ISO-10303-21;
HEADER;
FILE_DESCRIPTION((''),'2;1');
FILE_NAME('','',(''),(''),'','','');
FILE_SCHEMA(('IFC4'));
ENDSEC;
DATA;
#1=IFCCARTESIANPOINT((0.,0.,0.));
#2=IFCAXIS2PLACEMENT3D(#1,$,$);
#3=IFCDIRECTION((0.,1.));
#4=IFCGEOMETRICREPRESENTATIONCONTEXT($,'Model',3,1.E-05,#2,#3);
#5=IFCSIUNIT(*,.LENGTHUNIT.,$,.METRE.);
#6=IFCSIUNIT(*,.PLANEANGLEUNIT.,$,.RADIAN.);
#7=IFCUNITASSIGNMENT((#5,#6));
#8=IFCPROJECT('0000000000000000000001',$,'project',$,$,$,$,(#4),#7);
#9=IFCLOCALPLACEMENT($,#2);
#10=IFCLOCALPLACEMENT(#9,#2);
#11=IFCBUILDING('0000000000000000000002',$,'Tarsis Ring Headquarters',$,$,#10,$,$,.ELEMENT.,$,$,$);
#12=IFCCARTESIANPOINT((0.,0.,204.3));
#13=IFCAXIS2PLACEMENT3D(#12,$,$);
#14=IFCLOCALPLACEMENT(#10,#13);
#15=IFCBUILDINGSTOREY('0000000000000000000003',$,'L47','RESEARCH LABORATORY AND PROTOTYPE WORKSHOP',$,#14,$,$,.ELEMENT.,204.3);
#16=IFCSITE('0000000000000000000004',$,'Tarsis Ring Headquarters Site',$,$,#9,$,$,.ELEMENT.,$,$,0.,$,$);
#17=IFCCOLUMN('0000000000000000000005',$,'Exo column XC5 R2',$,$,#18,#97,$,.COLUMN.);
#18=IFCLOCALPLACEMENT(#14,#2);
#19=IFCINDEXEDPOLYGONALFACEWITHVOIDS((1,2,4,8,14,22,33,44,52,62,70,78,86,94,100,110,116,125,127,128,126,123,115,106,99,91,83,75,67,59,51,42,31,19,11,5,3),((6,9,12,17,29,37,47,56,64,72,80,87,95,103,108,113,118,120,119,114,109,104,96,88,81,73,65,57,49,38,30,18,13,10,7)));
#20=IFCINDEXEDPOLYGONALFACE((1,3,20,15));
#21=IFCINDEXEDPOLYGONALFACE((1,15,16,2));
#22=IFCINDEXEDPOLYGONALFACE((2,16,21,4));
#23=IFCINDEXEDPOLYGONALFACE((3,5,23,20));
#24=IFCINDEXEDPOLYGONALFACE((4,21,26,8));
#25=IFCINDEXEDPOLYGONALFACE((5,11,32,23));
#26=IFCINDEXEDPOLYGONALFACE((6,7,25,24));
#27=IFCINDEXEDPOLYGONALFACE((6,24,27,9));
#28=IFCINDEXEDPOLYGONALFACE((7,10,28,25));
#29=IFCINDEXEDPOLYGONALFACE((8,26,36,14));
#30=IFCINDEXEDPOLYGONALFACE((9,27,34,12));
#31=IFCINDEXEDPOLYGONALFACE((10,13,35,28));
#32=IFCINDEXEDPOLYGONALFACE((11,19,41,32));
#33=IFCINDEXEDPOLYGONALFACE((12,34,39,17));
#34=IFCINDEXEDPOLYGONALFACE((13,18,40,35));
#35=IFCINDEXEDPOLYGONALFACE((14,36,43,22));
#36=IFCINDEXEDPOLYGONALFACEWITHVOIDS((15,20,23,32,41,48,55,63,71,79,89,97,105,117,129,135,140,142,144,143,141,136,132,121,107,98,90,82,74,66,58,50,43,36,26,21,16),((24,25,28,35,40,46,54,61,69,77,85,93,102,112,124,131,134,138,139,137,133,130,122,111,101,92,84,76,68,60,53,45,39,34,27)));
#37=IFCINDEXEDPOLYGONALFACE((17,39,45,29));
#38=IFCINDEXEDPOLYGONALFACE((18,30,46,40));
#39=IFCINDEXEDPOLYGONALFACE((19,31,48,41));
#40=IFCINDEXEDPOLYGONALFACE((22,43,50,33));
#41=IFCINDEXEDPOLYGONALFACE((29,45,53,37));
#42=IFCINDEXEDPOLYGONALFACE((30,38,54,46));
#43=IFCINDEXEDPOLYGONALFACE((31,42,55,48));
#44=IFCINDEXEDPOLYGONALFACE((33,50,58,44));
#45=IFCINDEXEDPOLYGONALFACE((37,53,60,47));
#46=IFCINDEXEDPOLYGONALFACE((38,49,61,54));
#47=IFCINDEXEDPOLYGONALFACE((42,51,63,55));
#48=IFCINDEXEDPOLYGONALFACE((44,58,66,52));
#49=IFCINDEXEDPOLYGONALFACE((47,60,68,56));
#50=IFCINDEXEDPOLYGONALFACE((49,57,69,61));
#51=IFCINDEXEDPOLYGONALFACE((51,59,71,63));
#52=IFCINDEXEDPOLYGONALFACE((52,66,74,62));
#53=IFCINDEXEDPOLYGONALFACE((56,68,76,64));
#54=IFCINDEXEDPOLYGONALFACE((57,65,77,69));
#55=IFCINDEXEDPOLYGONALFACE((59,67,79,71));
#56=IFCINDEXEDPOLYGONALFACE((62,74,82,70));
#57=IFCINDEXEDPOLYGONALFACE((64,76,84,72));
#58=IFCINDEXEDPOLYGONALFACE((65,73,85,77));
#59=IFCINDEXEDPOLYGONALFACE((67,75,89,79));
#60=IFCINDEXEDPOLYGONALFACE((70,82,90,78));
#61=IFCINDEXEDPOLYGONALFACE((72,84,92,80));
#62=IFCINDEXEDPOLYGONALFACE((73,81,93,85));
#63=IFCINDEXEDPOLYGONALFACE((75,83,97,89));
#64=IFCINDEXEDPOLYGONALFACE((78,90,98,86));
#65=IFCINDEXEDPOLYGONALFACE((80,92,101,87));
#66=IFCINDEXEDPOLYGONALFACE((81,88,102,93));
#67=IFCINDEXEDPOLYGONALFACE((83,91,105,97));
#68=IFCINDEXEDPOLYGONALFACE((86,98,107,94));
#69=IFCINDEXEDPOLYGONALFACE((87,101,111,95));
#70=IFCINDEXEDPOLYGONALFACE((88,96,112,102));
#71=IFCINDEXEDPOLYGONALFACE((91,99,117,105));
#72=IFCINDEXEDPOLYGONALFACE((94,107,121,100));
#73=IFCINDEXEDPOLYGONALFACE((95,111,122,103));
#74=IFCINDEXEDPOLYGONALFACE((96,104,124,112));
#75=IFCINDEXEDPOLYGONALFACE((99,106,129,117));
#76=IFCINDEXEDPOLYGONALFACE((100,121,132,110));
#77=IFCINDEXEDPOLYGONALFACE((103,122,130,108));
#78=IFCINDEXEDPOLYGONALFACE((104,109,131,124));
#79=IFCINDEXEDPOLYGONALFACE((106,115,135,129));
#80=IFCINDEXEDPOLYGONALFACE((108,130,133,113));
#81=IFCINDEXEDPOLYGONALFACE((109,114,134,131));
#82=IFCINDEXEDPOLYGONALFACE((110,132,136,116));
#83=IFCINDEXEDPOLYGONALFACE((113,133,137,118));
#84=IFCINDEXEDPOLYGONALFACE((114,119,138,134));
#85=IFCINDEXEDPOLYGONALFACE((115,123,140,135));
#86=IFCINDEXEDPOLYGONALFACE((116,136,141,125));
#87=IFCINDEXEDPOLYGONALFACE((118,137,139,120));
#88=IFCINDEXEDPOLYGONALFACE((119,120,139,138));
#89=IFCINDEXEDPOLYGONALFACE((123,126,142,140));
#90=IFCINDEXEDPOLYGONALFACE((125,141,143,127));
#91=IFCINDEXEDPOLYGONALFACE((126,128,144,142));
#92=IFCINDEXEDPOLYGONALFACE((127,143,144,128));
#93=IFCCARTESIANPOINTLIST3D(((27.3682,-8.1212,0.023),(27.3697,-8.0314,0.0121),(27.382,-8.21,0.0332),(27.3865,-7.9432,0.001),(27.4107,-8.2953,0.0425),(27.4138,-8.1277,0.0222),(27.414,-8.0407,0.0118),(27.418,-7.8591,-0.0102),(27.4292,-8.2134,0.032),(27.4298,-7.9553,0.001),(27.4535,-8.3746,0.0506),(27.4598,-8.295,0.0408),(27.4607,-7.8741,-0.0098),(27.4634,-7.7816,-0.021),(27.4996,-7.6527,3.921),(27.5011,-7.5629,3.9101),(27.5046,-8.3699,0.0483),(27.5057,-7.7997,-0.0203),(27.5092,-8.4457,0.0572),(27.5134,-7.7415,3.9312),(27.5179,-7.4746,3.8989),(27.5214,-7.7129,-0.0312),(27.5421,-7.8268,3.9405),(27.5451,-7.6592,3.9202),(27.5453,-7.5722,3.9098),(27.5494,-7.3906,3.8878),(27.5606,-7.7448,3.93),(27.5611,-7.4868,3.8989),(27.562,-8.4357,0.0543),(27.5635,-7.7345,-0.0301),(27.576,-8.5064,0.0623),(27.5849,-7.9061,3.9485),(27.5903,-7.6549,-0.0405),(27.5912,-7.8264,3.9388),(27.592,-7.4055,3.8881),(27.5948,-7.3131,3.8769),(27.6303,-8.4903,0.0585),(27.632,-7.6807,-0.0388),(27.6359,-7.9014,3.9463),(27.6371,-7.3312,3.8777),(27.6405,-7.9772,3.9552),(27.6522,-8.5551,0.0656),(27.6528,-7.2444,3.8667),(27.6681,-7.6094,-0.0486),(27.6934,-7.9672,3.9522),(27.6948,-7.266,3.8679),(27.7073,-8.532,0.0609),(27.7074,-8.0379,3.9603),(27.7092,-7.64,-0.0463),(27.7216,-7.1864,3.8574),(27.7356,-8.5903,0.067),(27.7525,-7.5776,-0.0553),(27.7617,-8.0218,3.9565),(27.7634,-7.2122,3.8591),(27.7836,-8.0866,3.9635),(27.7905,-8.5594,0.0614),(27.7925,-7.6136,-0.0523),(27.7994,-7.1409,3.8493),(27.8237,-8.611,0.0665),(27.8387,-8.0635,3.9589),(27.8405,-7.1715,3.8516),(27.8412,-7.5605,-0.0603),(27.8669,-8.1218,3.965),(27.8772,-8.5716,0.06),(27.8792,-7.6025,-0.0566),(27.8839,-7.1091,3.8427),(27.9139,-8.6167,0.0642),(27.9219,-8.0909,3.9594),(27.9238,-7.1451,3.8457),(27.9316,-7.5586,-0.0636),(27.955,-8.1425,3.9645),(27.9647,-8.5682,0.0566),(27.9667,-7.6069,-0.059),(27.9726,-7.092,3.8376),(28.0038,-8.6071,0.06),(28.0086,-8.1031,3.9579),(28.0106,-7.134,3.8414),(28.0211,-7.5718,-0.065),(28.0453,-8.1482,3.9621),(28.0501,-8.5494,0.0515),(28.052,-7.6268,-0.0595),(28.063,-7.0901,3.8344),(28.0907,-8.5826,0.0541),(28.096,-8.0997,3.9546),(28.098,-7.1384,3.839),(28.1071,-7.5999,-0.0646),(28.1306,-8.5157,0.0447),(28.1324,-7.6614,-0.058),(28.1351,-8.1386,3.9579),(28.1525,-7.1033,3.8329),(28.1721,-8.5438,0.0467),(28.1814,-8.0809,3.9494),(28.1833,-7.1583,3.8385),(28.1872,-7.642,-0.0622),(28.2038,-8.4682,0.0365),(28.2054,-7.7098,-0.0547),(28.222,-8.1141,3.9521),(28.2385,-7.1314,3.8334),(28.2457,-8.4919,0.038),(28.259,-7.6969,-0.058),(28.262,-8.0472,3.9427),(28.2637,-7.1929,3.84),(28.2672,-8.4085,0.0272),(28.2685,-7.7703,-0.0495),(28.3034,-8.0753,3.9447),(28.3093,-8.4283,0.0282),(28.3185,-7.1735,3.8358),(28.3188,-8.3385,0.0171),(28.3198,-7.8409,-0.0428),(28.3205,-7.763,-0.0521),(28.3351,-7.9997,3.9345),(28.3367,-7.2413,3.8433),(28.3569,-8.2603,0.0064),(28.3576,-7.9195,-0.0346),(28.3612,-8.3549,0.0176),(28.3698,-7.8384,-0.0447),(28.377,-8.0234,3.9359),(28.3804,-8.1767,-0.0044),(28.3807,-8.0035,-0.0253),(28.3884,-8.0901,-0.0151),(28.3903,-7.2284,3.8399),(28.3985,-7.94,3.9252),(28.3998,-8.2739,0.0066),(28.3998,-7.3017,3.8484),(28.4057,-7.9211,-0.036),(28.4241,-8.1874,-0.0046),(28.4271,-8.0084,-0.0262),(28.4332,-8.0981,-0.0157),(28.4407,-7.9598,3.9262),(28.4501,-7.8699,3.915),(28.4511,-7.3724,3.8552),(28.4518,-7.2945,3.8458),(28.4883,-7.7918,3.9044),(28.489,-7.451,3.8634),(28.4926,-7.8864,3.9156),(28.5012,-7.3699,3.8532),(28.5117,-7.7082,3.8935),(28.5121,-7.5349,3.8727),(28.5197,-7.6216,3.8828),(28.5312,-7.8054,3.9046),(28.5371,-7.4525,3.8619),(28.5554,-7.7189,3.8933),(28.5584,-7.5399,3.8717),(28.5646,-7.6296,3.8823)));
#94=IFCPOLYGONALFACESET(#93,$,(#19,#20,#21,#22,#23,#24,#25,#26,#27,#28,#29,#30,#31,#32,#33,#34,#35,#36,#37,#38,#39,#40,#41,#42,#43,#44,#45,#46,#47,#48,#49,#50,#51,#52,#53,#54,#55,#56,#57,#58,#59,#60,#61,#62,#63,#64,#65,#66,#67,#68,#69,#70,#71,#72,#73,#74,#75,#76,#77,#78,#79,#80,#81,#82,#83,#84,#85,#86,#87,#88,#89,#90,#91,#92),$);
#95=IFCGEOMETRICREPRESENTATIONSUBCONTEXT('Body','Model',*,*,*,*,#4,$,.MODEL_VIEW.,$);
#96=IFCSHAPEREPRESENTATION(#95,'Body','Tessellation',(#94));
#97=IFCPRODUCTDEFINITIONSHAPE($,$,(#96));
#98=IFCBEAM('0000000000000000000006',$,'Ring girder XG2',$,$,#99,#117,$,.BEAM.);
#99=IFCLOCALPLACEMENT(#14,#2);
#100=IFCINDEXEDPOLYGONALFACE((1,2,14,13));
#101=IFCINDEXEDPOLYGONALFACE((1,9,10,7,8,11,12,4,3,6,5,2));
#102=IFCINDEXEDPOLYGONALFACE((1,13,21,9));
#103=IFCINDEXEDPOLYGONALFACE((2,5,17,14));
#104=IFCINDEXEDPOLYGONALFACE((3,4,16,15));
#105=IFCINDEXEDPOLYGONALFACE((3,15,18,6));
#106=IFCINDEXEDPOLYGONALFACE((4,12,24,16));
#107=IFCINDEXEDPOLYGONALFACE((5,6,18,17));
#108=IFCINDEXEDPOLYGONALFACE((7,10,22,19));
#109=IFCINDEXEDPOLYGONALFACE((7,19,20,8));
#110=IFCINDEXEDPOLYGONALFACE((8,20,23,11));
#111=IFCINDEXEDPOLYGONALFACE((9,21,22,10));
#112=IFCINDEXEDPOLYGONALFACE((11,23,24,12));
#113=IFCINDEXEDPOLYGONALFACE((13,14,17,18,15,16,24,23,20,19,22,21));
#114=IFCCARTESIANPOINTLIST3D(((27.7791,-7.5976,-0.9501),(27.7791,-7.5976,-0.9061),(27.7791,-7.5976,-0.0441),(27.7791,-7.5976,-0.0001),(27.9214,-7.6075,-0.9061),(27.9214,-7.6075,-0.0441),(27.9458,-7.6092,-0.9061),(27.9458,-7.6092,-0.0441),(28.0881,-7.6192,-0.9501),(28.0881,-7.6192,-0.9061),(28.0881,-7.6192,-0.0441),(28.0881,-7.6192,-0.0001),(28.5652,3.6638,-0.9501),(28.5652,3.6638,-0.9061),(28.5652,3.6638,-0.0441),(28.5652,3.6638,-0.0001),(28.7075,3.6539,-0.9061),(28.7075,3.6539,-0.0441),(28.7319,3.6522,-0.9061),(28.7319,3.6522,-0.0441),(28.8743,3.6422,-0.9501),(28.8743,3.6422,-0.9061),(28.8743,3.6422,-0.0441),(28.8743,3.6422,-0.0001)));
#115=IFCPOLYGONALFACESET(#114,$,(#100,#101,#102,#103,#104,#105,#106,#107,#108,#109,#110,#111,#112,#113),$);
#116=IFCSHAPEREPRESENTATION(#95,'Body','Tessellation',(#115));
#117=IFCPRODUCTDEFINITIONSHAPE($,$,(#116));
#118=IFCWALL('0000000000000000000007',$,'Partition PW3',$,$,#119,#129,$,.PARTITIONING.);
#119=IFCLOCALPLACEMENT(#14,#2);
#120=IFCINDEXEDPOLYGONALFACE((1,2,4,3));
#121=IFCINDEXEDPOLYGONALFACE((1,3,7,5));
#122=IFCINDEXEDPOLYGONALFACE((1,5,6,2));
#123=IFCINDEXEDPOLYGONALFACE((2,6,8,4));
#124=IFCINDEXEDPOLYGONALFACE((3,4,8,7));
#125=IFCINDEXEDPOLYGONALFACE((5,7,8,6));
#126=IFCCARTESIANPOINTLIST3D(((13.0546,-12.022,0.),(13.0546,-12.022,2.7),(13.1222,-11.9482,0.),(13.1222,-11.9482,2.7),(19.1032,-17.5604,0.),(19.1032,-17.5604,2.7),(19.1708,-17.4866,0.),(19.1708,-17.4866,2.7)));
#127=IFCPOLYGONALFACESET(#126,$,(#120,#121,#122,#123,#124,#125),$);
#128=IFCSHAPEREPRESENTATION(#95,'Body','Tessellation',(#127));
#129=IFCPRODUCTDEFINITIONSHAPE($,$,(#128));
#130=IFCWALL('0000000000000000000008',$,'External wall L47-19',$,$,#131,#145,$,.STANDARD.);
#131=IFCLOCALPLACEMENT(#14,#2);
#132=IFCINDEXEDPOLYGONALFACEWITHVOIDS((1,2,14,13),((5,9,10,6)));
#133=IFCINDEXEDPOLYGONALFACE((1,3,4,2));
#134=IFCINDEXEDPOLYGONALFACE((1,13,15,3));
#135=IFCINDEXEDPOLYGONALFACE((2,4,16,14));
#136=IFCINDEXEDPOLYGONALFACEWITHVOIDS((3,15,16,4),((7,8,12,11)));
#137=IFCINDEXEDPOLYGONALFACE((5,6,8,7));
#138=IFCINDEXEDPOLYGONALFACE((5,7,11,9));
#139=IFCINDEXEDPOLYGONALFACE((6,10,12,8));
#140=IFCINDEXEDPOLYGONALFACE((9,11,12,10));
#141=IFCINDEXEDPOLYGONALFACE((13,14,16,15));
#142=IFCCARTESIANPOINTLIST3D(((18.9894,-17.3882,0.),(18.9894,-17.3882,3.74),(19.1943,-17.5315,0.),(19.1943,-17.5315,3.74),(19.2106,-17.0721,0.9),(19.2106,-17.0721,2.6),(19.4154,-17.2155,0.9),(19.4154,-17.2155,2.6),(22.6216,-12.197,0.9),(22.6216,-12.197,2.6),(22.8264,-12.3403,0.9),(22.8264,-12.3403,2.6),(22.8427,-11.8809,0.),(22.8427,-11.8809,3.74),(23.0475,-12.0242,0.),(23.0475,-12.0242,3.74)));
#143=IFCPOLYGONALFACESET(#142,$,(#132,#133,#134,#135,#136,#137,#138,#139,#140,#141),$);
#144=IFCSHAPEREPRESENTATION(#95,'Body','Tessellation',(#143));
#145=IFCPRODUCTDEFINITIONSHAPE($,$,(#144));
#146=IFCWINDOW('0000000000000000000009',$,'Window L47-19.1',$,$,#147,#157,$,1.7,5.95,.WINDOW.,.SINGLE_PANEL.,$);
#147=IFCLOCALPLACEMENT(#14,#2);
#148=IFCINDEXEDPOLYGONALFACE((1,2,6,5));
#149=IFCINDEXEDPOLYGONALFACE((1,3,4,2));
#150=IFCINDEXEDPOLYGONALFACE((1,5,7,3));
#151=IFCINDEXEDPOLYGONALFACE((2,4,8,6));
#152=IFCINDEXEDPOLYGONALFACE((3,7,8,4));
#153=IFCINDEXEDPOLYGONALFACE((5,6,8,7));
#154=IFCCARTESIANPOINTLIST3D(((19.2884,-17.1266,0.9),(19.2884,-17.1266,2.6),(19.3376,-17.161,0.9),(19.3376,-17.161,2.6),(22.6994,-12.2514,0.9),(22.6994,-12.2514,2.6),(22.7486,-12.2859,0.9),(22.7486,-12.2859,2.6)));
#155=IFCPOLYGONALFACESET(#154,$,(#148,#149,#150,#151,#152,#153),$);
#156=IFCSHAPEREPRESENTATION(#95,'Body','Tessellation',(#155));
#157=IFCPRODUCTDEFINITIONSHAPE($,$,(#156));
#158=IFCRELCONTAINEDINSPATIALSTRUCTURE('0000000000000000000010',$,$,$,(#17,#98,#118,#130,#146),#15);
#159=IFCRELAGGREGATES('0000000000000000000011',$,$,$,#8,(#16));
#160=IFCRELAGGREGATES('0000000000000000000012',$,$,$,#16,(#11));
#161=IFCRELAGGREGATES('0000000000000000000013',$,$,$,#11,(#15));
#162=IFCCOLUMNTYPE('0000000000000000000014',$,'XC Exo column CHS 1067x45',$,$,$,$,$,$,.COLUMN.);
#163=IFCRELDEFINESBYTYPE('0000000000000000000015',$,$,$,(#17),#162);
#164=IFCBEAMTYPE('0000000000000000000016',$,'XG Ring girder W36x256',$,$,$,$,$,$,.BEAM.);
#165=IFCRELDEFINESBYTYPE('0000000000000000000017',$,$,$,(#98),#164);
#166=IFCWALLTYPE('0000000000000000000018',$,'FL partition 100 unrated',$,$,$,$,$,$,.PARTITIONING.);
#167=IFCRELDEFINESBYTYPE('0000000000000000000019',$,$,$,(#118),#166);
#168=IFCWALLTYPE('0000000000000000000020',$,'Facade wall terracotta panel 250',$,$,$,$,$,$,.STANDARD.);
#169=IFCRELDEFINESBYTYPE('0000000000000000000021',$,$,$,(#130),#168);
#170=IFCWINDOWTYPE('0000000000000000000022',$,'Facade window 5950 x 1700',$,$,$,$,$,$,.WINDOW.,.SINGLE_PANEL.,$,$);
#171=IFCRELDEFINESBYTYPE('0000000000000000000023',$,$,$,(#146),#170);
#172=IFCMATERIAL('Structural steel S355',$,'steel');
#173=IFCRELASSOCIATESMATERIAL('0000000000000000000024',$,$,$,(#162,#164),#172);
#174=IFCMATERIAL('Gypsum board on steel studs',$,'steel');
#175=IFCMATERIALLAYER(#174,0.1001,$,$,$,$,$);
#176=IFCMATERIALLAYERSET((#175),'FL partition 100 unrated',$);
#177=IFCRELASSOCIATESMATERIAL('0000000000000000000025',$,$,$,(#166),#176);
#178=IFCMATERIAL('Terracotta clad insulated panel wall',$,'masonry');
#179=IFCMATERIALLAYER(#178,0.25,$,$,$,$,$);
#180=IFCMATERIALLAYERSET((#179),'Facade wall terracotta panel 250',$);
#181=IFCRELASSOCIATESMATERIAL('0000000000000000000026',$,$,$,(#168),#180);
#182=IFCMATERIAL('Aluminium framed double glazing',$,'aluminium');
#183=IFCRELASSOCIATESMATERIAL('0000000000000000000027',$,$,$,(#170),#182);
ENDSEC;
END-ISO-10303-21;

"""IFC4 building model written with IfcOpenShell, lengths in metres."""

from ifc_helpers import new_model, si_unit, direction, frame, frame_2d, origin, origin_2d, place, context, subcontext, project, spatial, rectangle, hollow_circle, i_section, extrude, material, layer, layer_set, material_profile, profile_set, type_object, element, fill, save


model = new_model("IFC4")

# Units and contexts
model_context = context("Model", 3, precision=1e-05, world=origin(), true_north=direction((0.0, 1.0)))
body_context = subcontext(model_context, "Body", "Model", "MODEL_VIEW")
ifc_project = project(units=[si_unit("LENGTHUNIT", "METRE"), si_unit("PLANEANGLEUNIT", "RADIAN")], contexts=[model_context])

# Site, building, storey
site_placement = place(None, origin())
site = spatial("IfcSite", under=ifc_project, at=site_placement, Name="Tarsis Ring Headquarters Site", CompositionType="ELEMENT", RefElevation=0.0)
building_placement = place(site_placement, origin())
building = spatial("IfcBuilding", under=site, at=building_placement, Name="Tarsis Ring Headquarters", CompositionType="ELEMENT")
storey_placement = place(building_placement, frame((0.0, 0.0, 204.3)))
storey = spatial("IfcBuildingStorey", under=building, at=storey_placement, Name="L47", Description="RESEARCH LABORATORY AND PROTOTYPE WORKSHOP", CompositionType="ELEMENT", Elevation=204.3)

# Column
ifc_material_1 = material(Name="Structural steel S355", Category="steel")
ifc_material_profile_1 = material_profile(ifc_material_1, hollow_circle(Radius=0.5334, WallThickness=0.0449, at=origin_2d()), Name="CHS 1067x45")
ifc_profile_set_1 = profile_set([ifc_material_profile_1], Name="Structural steel S355")
column_type = type_object("IfcColumnType", Name="XC Exo column CHS 1067x45", PredefinedType="COLUMN", material=ifc_profile_set_1)
column_placement = place(storey_placement, frame((27.9001, -8.0872, 0.001), z_axis=(0.033437, 0.119267, 0.992299), x_axis=(-0.962875, 0.269946, 0.0)))
element("IfcColumn", 1, at=column_placement, inside=storey, type_object=column_type, Name="Exo column XC5 R2", PredefinedType="COLUMN", context=body_context, shape_type="SweptSolid", body=[
    extrude(hollow_circle(Radius=0.5334, WallThickness=0.0449, at=origin_2d()), origin(), (0.0, 0.0, 1.0), 3.9282),
])

# Beam
ifc_material_profile_2 = material_profile(ifc_material_1, i_section(OverallWidth=0.3098, OverallDepth=0.95, WebThickness=0.0244, FlangeThickness=0.0439, at=origin_2d()), Name="W36x256")
ifc_profile_set_2 = profile_set([ifc_material_profile_2], Name="Structural steel S355")
beam_type = type_object("IfcBeamType", Name="XG Ring girder W36x256", PredefinedType="BEAM", material=ifc_profile_set_2)
beam_placement = place(storey_placement, frame((27.9336, -7.6084, -0.4751), z_axis=(0.069638, 0.997572, 0.0), x_axis=(-0.997572, 0.069638, 0.0)))
element("IfcBeam", 2, at=beam_placement, inside=storey, type_object=beam_type, Name="Ring girder XG2", PredefinedType="BEAM", context=body_context, shape_type="SweptSolid", body=[
    extrude(i_section(OverallWidth=0.3098, OverallDepth=0.95, WebThickness=0.0244, FlangeThickness=0.0439, at=origin_2d()), origin(), (0.0, 0.0, 1.0), 11.2888),
])

# Wall
ifc_material_2 = material(Name="Gypsum board on steel studs", Category="steel")
ifc_layer_1 = layer(ifc_material_2, 0.1001)
ifc_layer_set_1 = layer_set([ifc_layer_1], Name="FL partition 100 unrated")
wall_type_1 = type_object("IfcWallType", Name="FL partition 100 unrated", PredefinedType="PARTITIONING", material=ifc_layer_set_1)
wall_1_placement = place(storey_placement, frame((13.0884, -11.9851, 0.0), z_axis=(0.0, 0.0, 1.0), x_axis=(0.737531, -0.675313, 0.0)))
element("IfcWall", 3, at=wall_1_placement, inside=storey, type_object=wall_type_1, Name="Partition PW3", PredefinedType="PARTITIONING", context=body_context, shape_type="SweptSolid", body=[
    extrude(rectangle(XDim=8.2012, YDim=0.1001, at=frame_2d((4.1006, 0.0))), origin(), (0.0, 0.0, 1.0), 2.7),
])

# Wall, opening, window
ifc_material_3 = material(Name="Terracotta clad insulated panel wall", Category="masonry")
ifc_layer_2 = layer(ifc_material_3, 0.25)
ifc_layer_set_2 = layer_set([ifc_layer_2], Name="Facade wall terracotta panel 250")
wall_type_2 = type_object("IfcWallType", Name="Facade wall terracotta panel 250", PredefinedType="STANDARD", material=ifc_layer_set_2)
wall_2_placement = place(storey_placement, frame((19.0918, -17.46, 0.0), z_axis=(0.0, 0.0, 1.0), x_axis=(0.573277, 0.819362, 0.0)))
wall_2 = element("IfcWall", 4, at=wall_2_placement, inside=storey, type_object=wall_type_2, Name="External wall L47-19", PredefinedType="STANDARD", context=body_context, shape_type="SweptSolid", body=[
    extrude(rectangle(XDim=6.7214, YDim=0.25, at=frame_2d((3.3608, 0.0))), origin(), (0.0, 0.0, 1.0), 3.74),
])
opening_1_placement = place(wall_2_placement, frame((0.3857, 0.0, 0.8999)))
opening_1 = element("IfcOpeningElement", 5, at=opening_1_placement, cuts=wall_2, PredefinedType="OPENING", context=body_context, shape_type="SweptSolid", body=[
    extrude(rectangle(XDim=5.95, YDim=1.7, at=frame_2d((2.9751, 0.8501))), frame((0.0, 0.135, 0.0), z_axis=(0.0, -1.0, 0.0), x_axis=(1.0, 0.0, 0.0)), (0.0, 0.0, 1.0), 0.27),
])
ifc_material_4 = material(Name="Aluminium framed double glazing", Category="aluminium")
window_type = type_object("IfcWindowType", Name="Facade window 5950 x 1700", PartitioningType="SINGLE_PANEL", PredefinedType="WINDOW", material=ifc_material_4)
window_1_placement = place(opening_1_placement, origin())
window_1 = element("IfcWindow", 6, at=window_1_placement, inside=storey, type_object=window_type, Name="Window L47-19.1", OverallHeight=1.7, OverallWidth=5.95, PartitioningType="SINGLE_PANEL", PredefinedType="WINDOW", context=body_context, shape_type="SweptSolid", body=[
    extrude(rectangle(XDim=5.95, YDim=1.7, at=frame_2d((2.9751, 0.8501))), frame((0.0, 0.03, 0.0), z_axis=(0.0, -1.0, 0.0), x_axis=(1.0, 0.0, 0.0)), (0.0, 0.0, 1.0), 0.0601),
])
fill(opening_1, window_1)

save(model, "model.ifc")
